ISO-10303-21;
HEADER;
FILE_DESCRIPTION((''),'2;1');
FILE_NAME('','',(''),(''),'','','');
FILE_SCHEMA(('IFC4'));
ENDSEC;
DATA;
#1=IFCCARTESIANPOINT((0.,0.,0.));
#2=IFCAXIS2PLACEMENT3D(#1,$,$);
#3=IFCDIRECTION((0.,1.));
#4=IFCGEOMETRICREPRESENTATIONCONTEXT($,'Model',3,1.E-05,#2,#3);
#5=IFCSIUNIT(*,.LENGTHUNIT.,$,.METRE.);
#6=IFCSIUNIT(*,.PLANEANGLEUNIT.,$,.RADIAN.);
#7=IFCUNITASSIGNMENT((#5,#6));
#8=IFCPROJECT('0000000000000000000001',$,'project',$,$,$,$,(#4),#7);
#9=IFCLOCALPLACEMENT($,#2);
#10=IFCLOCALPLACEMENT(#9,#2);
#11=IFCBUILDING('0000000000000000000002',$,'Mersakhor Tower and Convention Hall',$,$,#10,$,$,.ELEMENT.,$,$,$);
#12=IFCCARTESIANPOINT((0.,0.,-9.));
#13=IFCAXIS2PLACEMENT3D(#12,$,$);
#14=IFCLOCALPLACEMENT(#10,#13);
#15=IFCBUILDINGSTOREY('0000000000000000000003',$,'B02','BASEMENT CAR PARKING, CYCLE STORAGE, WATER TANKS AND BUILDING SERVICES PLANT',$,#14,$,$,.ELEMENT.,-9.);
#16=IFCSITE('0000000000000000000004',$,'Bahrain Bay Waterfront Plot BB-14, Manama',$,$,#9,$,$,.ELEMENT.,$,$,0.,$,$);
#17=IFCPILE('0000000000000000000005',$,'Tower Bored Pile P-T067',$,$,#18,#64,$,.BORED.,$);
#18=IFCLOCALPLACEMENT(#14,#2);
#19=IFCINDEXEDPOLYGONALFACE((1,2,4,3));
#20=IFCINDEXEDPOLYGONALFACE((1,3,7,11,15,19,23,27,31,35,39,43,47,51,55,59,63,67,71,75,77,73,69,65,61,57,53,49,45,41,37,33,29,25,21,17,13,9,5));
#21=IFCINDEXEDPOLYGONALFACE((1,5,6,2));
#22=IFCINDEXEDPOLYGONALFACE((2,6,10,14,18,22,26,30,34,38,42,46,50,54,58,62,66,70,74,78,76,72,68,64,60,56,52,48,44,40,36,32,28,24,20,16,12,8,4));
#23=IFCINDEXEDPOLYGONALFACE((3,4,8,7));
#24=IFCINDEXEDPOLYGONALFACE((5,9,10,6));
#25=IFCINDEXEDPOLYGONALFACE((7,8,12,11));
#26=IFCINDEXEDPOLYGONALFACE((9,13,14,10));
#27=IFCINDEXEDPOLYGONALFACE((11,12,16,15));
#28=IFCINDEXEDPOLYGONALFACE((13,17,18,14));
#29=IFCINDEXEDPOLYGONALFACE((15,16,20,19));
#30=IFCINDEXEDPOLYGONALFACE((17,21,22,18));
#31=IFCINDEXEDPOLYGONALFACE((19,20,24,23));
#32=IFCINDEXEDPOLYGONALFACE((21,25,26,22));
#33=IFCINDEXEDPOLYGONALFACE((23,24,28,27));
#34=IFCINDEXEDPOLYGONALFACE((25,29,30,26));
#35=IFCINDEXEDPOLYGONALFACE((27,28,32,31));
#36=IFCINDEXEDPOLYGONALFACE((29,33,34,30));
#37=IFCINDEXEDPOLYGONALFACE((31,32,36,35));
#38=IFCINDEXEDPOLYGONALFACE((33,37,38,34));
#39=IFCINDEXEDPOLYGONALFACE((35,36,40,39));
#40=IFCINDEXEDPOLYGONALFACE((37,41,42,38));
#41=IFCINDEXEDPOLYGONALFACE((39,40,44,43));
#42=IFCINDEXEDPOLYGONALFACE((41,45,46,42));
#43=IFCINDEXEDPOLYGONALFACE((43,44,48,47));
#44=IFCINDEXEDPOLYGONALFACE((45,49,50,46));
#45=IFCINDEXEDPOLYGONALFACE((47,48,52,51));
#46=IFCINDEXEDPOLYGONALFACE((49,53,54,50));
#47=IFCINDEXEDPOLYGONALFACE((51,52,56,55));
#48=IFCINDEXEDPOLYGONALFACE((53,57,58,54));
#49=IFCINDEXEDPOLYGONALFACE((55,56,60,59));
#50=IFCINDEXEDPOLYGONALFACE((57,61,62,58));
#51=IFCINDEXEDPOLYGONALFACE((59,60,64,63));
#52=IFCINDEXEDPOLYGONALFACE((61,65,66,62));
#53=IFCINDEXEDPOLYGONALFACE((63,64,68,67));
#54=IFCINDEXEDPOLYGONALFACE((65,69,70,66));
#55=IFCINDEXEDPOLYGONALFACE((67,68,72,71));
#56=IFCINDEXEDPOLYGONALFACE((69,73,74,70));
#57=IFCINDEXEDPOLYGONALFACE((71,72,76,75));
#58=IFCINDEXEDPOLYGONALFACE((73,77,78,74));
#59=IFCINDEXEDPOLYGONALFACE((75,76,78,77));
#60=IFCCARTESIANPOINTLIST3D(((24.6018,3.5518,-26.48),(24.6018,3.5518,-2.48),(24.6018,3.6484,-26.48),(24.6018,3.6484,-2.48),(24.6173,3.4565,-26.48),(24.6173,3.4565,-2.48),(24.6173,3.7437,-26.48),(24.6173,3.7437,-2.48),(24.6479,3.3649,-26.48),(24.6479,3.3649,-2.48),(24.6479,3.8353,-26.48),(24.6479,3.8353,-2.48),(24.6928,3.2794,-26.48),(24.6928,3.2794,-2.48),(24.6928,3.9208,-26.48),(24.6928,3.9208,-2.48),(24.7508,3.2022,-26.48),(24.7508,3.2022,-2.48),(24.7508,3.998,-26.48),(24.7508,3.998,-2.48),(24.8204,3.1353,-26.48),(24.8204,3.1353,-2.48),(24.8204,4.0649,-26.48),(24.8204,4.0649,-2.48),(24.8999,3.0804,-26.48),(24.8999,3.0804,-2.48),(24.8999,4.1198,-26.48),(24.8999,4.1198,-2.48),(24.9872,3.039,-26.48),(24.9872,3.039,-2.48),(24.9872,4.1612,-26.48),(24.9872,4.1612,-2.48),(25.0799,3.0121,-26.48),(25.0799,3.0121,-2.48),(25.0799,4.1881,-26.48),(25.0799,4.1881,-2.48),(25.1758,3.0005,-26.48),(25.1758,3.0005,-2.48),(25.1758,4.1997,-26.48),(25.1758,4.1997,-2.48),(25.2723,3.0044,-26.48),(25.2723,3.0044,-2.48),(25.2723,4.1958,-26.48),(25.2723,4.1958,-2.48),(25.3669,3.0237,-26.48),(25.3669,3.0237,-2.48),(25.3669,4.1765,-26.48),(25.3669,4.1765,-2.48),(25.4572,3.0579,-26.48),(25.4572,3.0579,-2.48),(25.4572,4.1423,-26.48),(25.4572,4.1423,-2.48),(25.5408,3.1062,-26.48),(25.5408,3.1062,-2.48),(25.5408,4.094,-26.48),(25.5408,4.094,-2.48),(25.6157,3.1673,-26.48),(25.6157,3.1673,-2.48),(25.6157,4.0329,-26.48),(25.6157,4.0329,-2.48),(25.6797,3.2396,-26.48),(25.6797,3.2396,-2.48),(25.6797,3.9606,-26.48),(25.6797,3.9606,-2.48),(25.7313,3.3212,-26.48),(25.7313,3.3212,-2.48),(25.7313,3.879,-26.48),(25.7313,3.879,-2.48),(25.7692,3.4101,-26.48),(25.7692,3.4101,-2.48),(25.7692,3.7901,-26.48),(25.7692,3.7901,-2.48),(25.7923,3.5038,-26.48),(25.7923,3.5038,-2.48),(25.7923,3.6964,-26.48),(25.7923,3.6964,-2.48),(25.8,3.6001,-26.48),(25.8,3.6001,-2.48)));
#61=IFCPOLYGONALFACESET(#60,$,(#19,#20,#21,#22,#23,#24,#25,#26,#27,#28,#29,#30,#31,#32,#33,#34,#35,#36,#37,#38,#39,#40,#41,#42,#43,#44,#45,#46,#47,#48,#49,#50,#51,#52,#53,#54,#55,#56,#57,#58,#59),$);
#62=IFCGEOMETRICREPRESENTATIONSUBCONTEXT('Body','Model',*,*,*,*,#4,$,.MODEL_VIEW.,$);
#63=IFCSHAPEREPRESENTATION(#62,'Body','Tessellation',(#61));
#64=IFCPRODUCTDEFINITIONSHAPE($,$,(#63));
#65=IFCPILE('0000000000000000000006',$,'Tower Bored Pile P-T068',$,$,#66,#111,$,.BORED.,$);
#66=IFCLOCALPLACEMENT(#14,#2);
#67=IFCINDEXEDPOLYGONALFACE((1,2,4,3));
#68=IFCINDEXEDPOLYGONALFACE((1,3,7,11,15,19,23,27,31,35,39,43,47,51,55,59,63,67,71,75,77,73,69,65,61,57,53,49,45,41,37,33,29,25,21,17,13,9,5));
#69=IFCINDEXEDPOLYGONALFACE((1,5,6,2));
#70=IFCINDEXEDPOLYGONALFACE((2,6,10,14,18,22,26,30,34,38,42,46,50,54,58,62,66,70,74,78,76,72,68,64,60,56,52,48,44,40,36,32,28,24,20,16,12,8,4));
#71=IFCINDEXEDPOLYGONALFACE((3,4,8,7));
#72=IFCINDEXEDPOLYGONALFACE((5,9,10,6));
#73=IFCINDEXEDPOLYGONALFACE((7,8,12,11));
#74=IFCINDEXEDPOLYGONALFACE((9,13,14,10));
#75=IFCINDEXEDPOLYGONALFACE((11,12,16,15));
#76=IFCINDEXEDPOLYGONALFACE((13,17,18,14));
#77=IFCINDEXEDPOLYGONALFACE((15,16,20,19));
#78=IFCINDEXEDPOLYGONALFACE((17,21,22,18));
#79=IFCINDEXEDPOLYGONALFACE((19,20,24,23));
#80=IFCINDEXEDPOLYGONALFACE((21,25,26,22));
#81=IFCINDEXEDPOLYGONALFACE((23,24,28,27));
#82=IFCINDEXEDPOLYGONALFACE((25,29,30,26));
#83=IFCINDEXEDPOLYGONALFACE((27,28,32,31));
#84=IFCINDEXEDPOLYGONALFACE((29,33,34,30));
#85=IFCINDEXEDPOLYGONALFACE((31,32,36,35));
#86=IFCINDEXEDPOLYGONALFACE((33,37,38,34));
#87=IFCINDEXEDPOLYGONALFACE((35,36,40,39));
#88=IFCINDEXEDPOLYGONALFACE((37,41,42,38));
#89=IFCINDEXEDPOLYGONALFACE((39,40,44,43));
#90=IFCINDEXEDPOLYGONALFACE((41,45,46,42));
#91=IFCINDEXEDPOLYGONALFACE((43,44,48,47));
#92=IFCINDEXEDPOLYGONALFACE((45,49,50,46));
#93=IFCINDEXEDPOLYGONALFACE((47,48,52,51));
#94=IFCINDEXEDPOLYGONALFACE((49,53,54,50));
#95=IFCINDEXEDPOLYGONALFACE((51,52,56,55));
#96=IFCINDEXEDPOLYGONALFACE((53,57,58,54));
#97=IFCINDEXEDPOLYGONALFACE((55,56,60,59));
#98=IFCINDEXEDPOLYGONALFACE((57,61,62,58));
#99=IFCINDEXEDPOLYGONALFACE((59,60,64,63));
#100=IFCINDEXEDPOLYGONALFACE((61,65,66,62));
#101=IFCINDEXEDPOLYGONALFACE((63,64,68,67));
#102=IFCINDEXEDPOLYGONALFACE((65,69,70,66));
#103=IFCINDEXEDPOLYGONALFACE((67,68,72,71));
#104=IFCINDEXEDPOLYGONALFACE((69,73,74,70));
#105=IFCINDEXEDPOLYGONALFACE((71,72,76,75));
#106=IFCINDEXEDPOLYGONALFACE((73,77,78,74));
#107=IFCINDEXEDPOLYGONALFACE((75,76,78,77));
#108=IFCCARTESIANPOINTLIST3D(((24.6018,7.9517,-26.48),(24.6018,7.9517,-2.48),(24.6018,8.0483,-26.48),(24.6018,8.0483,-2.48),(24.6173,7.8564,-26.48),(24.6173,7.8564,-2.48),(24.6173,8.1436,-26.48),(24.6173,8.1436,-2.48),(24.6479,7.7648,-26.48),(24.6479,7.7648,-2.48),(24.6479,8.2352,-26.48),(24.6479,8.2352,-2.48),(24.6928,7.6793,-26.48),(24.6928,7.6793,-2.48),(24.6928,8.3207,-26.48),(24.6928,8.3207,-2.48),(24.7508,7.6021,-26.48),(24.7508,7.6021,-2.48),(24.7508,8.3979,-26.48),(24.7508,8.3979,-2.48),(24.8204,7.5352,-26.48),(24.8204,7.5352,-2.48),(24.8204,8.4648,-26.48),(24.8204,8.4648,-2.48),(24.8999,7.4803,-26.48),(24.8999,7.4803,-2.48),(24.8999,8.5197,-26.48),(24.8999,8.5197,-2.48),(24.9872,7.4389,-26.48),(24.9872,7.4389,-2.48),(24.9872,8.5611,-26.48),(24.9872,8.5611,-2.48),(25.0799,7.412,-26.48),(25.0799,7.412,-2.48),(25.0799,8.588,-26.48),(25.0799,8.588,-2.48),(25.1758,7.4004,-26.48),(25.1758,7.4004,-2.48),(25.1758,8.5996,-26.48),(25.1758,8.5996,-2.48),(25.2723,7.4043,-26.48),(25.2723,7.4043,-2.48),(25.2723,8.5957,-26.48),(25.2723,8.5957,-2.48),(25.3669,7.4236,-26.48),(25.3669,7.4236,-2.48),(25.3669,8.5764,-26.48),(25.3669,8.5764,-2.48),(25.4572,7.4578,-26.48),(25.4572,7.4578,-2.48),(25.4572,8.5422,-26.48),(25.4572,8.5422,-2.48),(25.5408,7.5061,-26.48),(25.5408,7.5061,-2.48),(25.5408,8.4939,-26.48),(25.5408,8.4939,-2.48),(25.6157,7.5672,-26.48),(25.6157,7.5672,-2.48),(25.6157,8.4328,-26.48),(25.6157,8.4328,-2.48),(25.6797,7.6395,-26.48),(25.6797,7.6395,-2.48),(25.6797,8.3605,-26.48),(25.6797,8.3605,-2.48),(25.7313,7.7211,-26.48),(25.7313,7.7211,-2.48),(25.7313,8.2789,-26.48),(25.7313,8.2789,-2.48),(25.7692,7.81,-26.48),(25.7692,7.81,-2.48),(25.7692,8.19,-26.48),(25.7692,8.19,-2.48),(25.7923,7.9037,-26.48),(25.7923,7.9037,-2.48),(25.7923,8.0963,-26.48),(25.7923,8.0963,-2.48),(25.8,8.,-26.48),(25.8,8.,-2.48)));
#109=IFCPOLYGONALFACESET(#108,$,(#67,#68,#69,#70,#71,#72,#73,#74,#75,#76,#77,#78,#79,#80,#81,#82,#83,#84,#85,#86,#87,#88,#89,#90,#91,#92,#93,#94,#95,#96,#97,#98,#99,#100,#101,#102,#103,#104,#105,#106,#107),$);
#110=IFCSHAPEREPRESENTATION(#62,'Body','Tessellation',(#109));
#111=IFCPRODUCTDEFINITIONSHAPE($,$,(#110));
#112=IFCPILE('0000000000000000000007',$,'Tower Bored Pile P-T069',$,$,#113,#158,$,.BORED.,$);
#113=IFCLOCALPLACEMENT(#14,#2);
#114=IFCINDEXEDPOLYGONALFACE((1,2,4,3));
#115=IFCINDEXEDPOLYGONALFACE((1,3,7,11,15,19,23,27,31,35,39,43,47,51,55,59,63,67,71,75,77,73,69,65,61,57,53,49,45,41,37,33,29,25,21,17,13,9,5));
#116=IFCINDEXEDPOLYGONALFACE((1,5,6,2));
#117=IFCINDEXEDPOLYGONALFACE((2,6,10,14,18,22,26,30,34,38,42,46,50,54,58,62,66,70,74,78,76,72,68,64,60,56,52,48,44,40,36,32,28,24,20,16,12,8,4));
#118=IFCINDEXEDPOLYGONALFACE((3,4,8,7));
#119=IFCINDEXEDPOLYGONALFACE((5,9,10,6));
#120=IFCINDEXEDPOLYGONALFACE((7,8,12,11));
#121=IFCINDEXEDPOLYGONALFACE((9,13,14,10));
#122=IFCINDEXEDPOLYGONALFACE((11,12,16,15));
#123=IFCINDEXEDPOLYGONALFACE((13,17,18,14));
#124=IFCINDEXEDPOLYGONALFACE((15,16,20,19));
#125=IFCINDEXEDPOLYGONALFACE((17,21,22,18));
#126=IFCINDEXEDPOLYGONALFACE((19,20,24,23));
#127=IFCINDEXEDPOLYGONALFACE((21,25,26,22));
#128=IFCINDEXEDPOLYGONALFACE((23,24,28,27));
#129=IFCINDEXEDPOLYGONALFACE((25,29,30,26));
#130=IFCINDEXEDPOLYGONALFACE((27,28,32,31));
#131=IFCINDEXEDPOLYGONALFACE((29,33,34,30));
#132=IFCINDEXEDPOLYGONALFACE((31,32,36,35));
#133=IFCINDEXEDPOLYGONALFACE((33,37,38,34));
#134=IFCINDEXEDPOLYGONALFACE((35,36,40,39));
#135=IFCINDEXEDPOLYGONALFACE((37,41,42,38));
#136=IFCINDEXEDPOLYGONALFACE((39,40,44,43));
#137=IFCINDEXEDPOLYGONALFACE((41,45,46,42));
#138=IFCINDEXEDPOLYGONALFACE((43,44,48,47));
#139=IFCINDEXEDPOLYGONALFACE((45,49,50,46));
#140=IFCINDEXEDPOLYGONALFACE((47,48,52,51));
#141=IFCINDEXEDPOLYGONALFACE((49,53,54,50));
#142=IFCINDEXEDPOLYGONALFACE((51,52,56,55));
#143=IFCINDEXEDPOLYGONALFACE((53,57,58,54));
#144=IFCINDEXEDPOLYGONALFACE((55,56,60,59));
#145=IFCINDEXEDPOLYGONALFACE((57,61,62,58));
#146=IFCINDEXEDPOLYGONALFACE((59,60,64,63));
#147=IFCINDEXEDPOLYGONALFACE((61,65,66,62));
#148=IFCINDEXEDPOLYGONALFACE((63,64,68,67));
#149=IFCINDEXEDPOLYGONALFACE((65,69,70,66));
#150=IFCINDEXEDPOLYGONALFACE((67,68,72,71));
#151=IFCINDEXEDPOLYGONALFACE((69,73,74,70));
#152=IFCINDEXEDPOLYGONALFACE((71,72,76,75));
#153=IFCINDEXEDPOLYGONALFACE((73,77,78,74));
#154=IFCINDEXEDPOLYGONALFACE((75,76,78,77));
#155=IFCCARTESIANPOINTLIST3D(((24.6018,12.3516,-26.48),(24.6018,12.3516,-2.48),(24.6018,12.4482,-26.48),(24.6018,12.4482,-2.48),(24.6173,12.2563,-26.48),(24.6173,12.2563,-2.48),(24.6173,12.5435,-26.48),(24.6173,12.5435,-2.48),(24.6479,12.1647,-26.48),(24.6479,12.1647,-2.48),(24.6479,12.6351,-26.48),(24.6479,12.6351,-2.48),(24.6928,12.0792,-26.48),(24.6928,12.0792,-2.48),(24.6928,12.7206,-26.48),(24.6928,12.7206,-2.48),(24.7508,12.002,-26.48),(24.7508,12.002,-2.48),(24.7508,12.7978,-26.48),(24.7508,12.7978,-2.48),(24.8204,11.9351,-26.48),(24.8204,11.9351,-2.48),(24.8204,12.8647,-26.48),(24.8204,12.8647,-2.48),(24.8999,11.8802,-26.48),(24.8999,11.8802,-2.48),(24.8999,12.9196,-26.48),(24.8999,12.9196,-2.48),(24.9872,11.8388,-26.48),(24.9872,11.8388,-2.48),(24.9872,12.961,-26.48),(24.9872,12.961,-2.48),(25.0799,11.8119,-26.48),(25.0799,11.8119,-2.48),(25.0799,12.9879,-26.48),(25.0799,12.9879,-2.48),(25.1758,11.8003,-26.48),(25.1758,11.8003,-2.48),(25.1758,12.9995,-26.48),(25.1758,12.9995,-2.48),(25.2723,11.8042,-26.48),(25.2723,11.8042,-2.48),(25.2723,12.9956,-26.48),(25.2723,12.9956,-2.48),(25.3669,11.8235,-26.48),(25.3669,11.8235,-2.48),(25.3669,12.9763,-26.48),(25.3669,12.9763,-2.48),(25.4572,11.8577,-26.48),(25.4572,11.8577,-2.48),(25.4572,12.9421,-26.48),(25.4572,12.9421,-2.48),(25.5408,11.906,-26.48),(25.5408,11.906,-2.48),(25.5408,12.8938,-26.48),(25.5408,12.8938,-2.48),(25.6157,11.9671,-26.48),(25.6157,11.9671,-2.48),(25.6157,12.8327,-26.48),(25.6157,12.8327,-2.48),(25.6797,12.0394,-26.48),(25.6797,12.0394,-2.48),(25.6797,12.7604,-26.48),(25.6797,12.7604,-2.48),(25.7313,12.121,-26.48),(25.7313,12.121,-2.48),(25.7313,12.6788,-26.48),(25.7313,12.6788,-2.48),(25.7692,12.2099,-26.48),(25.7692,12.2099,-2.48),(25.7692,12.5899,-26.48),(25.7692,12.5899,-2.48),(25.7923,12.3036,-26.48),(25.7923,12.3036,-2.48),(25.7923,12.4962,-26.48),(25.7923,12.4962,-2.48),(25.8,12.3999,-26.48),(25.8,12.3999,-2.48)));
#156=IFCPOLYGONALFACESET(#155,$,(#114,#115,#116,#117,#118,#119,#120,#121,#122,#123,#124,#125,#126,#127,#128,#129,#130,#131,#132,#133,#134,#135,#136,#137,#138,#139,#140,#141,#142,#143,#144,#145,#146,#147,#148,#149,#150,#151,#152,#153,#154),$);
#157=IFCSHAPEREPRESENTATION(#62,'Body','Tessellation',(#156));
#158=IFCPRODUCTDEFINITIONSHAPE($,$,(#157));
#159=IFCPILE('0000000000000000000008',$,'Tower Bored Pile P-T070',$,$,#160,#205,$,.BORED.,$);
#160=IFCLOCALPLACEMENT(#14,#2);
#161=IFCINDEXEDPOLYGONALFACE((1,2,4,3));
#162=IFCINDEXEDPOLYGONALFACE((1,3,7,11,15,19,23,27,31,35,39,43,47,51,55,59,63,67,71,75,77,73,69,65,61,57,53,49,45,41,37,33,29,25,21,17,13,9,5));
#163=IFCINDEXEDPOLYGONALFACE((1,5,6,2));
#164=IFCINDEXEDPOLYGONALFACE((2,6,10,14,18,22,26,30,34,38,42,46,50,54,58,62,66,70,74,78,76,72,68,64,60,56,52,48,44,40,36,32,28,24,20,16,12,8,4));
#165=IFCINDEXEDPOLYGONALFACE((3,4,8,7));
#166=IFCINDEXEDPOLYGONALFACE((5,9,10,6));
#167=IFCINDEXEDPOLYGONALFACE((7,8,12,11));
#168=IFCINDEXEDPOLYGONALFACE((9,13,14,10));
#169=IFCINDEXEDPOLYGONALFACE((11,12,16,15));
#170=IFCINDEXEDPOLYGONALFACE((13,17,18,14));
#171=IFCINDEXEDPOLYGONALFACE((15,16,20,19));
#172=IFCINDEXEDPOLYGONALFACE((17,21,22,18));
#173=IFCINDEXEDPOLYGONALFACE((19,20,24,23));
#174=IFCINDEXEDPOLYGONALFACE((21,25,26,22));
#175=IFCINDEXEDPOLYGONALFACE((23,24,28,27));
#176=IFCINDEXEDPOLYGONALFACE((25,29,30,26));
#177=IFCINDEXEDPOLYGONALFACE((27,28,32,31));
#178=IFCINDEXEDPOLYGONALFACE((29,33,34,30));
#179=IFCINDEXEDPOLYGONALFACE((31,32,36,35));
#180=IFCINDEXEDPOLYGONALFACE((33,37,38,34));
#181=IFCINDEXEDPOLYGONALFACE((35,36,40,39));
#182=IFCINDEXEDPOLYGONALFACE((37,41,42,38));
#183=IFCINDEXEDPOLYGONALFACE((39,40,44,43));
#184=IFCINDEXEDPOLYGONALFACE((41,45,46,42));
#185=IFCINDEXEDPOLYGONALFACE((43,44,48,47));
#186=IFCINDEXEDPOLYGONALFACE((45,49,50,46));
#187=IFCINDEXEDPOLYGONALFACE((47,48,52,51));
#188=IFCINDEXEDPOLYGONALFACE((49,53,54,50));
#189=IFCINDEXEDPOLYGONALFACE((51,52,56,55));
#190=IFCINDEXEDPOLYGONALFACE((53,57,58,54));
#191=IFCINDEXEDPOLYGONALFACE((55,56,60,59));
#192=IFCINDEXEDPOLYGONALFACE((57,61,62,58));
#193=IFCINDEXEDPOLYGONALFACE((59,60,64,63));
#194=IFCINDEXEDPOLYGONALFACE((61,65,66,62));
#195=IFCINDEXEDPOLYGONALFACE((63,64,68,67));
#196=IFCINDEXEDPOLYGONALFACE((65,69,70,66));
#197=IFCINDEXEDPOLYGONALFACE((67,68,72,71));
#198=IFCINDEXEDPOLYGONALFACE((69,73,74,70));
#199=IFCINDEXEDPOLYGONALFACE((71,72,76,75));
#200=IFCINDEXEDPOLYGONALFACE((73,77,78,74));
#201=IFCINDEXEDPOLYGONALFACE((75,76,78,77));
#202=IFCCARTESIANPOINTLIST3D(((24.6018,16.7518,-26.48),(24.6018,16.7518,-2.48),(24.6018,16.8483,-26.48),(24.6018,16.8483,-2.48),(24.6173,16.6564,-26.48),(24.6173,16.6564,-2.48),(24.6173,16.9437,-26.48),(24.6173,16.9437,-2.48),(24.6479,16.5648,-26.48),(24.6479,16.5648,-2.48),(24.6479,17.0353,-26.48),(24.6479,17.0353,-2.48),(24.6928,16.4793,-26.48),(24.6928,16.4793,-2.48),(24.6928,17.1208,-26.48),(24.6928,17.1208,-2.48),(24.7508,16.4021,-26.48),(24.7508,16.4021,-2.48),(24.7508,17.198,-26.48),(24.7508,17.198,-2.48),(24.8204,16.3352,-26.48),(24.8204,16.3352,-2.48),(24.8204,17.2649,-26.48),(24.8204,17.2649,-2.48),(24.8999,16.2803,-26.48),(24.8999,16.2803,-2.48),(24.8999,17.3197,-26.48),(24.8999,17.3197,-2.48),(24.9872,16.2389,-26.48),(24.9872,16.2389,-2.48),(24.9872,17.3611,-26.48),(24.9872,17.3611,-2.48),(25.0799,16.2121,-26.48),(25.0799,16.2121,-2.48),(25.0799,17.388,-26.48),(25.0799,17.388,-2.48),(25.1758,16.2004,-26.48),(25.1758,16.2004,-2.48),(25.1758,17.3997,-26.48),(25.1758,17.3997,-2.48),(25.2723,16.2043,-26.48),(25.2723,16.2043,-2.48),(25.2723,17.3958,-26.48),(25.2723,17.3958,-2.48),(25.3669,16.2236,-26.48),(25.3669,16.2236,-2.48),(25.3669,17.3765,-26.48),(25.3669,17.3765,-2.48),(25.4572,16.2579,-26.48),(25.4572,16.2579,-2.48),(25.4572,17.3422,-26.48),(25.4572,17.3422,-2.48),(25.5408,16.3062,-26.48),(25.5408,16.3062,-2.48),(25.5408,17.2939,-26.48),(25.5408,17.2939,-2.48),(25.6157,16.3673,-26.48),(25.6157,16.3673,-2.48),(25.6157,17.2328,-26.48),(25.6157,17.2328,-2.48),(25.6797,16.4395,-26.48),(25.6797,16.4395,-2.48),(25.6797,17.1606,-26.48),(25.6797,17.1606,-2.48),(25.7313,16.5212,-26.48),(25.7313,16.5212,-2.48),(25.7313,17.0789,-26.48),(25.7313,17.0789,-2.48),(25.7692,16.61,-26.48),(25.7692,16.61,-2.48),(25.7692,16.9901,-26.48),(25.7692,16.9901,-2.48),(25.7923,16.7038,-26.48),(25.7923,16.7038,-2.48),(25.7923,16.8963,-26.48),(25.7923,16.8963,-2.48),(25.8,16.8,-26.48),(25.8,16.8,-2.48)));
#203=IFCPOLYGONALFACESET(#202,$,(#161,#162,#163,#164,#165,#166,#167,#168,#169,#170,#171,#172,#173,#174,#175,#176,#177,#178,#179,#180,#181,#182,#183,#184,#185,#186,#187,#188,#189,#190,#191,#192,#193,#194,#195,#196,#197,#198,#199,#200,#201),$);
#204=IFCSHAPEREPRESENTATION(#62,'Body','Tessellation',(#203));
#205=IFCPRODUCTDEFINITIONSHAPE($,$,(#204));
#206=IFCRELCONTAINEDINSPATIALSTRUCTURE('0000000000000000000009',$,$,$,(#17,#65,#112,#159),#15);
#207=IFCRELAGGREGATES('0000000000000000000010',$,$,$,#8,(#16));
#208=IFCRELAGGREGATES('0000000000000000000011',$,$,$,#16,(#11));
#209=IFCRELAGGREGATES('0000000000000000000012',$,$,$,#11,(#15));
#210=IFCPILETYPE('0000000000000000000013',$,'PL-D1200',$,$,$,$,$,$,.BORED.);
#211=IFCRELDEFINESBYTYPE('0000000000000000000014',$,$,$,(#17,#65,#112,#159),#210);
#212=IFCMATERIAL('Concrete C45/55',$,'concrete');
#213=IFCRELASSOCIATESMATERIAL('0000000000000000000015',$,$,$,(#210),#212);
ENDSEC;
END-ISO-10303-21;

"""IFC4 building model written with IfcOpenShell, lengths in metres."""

from ifc_helpers import new_model, si_unit, direction, frame, origin, origin_2d, place, context, subcontext, project, spatial, circle, extrude, material, material_profile, profile_set, type_object, element, save


model = new_model("IFC4")

# Units and contexts
model_context = context("Model", 3, precision=1e-05, world=origin(), true_north=direction((0.0, 1.0)))
body_context = subcontext(model_context, "Body", "Model", "MODEL_VIEW")
ifc_project = project(units=[si_unit("LENGTHUNIT", "METRE"), si_unit("PLANEANGLEUNIT", "RADIAN")], contexts=[model_context])

# Site, building, storey
site_placement = place(None, origin())
site = spatial("IfcSite", under=ifc_project, at=site_placement, Name="Bahrain Bay Waterfront Plot BB-14, Manama", CompositionType="ELEMENT", RefElevation=0.0)
building_placement = place(site_placement, origin())
building = spatial("IfcBuilding", under=site, at=building_placement, Name="Mersakhor Tower and Convention Hall", CompositionType="ELEMENT")
storey_placement = place(building_placement, frame((0.0, 0.0, -9.0)))
storey = spatial("IfcBuildingStorey", under=building, at=storey_placement, Name="B02", Description="BASEMENT CAR PARKING, CYCLE STORAGE, WATER TANKS AND BUILDING SERVICES PLANT", CompositionType="ELEMENT", Elevation=-9.0)

# Piles
ifc_material_1 = material(Name="Concrete C45/55", Category="concrete")
ifc_material_profile_1 = material_profile(ifc_material_1, circle(Radius=0.6001, at=origin_2d()), Name="PILE D1200")
ifc_profile_set_1 = profile_set([ifc_material_profile_1], Name="Concrete C45/55")
pile_type = type_object("IfcPileType", Name="PL-D1200", PredefinedType="BORED", material=ifc_profile_set_1)
for number, where, z_axis, x_axis, name in (
    (1, (25.2, 3.6001, -2.48), (0.0, 0.0, -1.0), (1.0, 0.0, 0.0), "Tower Bored Pile P-T067"),
    (2, (25.2, 8.0, -2.48), (0.0, 0.0, -1.0), (1.0, 0.0, 0.0), "Tower Bored Pile P-T068"),
    (3, (25.2, 12.3999, -2.48), (0.0, 0.0, -1.0), (1.0, 0.0, 0.0), "Tower Bored Pile P-T069"),
    (4, (25.2, 16.8, -2.48), (0.0, 0.0, -1.0), (1.0, 0.0, 0.0), "Tower Bored Pile P-T070"),
):
    element("IfcPile", number, at=place(storey_placement, frame(where, z_axis=z_axis, x_axis=x_axis)), inside=storey, type_object=pile_type, Name=name, PredefinedType="BORED", context=body_context, shape_type="SweptSolid", body=[
        extrude(circle(Radius=0.6001, at=origin_2d()), origin(), (0.0, 0.0, 1.0), 24.0),
    ])

save(model, "model.ifc")
